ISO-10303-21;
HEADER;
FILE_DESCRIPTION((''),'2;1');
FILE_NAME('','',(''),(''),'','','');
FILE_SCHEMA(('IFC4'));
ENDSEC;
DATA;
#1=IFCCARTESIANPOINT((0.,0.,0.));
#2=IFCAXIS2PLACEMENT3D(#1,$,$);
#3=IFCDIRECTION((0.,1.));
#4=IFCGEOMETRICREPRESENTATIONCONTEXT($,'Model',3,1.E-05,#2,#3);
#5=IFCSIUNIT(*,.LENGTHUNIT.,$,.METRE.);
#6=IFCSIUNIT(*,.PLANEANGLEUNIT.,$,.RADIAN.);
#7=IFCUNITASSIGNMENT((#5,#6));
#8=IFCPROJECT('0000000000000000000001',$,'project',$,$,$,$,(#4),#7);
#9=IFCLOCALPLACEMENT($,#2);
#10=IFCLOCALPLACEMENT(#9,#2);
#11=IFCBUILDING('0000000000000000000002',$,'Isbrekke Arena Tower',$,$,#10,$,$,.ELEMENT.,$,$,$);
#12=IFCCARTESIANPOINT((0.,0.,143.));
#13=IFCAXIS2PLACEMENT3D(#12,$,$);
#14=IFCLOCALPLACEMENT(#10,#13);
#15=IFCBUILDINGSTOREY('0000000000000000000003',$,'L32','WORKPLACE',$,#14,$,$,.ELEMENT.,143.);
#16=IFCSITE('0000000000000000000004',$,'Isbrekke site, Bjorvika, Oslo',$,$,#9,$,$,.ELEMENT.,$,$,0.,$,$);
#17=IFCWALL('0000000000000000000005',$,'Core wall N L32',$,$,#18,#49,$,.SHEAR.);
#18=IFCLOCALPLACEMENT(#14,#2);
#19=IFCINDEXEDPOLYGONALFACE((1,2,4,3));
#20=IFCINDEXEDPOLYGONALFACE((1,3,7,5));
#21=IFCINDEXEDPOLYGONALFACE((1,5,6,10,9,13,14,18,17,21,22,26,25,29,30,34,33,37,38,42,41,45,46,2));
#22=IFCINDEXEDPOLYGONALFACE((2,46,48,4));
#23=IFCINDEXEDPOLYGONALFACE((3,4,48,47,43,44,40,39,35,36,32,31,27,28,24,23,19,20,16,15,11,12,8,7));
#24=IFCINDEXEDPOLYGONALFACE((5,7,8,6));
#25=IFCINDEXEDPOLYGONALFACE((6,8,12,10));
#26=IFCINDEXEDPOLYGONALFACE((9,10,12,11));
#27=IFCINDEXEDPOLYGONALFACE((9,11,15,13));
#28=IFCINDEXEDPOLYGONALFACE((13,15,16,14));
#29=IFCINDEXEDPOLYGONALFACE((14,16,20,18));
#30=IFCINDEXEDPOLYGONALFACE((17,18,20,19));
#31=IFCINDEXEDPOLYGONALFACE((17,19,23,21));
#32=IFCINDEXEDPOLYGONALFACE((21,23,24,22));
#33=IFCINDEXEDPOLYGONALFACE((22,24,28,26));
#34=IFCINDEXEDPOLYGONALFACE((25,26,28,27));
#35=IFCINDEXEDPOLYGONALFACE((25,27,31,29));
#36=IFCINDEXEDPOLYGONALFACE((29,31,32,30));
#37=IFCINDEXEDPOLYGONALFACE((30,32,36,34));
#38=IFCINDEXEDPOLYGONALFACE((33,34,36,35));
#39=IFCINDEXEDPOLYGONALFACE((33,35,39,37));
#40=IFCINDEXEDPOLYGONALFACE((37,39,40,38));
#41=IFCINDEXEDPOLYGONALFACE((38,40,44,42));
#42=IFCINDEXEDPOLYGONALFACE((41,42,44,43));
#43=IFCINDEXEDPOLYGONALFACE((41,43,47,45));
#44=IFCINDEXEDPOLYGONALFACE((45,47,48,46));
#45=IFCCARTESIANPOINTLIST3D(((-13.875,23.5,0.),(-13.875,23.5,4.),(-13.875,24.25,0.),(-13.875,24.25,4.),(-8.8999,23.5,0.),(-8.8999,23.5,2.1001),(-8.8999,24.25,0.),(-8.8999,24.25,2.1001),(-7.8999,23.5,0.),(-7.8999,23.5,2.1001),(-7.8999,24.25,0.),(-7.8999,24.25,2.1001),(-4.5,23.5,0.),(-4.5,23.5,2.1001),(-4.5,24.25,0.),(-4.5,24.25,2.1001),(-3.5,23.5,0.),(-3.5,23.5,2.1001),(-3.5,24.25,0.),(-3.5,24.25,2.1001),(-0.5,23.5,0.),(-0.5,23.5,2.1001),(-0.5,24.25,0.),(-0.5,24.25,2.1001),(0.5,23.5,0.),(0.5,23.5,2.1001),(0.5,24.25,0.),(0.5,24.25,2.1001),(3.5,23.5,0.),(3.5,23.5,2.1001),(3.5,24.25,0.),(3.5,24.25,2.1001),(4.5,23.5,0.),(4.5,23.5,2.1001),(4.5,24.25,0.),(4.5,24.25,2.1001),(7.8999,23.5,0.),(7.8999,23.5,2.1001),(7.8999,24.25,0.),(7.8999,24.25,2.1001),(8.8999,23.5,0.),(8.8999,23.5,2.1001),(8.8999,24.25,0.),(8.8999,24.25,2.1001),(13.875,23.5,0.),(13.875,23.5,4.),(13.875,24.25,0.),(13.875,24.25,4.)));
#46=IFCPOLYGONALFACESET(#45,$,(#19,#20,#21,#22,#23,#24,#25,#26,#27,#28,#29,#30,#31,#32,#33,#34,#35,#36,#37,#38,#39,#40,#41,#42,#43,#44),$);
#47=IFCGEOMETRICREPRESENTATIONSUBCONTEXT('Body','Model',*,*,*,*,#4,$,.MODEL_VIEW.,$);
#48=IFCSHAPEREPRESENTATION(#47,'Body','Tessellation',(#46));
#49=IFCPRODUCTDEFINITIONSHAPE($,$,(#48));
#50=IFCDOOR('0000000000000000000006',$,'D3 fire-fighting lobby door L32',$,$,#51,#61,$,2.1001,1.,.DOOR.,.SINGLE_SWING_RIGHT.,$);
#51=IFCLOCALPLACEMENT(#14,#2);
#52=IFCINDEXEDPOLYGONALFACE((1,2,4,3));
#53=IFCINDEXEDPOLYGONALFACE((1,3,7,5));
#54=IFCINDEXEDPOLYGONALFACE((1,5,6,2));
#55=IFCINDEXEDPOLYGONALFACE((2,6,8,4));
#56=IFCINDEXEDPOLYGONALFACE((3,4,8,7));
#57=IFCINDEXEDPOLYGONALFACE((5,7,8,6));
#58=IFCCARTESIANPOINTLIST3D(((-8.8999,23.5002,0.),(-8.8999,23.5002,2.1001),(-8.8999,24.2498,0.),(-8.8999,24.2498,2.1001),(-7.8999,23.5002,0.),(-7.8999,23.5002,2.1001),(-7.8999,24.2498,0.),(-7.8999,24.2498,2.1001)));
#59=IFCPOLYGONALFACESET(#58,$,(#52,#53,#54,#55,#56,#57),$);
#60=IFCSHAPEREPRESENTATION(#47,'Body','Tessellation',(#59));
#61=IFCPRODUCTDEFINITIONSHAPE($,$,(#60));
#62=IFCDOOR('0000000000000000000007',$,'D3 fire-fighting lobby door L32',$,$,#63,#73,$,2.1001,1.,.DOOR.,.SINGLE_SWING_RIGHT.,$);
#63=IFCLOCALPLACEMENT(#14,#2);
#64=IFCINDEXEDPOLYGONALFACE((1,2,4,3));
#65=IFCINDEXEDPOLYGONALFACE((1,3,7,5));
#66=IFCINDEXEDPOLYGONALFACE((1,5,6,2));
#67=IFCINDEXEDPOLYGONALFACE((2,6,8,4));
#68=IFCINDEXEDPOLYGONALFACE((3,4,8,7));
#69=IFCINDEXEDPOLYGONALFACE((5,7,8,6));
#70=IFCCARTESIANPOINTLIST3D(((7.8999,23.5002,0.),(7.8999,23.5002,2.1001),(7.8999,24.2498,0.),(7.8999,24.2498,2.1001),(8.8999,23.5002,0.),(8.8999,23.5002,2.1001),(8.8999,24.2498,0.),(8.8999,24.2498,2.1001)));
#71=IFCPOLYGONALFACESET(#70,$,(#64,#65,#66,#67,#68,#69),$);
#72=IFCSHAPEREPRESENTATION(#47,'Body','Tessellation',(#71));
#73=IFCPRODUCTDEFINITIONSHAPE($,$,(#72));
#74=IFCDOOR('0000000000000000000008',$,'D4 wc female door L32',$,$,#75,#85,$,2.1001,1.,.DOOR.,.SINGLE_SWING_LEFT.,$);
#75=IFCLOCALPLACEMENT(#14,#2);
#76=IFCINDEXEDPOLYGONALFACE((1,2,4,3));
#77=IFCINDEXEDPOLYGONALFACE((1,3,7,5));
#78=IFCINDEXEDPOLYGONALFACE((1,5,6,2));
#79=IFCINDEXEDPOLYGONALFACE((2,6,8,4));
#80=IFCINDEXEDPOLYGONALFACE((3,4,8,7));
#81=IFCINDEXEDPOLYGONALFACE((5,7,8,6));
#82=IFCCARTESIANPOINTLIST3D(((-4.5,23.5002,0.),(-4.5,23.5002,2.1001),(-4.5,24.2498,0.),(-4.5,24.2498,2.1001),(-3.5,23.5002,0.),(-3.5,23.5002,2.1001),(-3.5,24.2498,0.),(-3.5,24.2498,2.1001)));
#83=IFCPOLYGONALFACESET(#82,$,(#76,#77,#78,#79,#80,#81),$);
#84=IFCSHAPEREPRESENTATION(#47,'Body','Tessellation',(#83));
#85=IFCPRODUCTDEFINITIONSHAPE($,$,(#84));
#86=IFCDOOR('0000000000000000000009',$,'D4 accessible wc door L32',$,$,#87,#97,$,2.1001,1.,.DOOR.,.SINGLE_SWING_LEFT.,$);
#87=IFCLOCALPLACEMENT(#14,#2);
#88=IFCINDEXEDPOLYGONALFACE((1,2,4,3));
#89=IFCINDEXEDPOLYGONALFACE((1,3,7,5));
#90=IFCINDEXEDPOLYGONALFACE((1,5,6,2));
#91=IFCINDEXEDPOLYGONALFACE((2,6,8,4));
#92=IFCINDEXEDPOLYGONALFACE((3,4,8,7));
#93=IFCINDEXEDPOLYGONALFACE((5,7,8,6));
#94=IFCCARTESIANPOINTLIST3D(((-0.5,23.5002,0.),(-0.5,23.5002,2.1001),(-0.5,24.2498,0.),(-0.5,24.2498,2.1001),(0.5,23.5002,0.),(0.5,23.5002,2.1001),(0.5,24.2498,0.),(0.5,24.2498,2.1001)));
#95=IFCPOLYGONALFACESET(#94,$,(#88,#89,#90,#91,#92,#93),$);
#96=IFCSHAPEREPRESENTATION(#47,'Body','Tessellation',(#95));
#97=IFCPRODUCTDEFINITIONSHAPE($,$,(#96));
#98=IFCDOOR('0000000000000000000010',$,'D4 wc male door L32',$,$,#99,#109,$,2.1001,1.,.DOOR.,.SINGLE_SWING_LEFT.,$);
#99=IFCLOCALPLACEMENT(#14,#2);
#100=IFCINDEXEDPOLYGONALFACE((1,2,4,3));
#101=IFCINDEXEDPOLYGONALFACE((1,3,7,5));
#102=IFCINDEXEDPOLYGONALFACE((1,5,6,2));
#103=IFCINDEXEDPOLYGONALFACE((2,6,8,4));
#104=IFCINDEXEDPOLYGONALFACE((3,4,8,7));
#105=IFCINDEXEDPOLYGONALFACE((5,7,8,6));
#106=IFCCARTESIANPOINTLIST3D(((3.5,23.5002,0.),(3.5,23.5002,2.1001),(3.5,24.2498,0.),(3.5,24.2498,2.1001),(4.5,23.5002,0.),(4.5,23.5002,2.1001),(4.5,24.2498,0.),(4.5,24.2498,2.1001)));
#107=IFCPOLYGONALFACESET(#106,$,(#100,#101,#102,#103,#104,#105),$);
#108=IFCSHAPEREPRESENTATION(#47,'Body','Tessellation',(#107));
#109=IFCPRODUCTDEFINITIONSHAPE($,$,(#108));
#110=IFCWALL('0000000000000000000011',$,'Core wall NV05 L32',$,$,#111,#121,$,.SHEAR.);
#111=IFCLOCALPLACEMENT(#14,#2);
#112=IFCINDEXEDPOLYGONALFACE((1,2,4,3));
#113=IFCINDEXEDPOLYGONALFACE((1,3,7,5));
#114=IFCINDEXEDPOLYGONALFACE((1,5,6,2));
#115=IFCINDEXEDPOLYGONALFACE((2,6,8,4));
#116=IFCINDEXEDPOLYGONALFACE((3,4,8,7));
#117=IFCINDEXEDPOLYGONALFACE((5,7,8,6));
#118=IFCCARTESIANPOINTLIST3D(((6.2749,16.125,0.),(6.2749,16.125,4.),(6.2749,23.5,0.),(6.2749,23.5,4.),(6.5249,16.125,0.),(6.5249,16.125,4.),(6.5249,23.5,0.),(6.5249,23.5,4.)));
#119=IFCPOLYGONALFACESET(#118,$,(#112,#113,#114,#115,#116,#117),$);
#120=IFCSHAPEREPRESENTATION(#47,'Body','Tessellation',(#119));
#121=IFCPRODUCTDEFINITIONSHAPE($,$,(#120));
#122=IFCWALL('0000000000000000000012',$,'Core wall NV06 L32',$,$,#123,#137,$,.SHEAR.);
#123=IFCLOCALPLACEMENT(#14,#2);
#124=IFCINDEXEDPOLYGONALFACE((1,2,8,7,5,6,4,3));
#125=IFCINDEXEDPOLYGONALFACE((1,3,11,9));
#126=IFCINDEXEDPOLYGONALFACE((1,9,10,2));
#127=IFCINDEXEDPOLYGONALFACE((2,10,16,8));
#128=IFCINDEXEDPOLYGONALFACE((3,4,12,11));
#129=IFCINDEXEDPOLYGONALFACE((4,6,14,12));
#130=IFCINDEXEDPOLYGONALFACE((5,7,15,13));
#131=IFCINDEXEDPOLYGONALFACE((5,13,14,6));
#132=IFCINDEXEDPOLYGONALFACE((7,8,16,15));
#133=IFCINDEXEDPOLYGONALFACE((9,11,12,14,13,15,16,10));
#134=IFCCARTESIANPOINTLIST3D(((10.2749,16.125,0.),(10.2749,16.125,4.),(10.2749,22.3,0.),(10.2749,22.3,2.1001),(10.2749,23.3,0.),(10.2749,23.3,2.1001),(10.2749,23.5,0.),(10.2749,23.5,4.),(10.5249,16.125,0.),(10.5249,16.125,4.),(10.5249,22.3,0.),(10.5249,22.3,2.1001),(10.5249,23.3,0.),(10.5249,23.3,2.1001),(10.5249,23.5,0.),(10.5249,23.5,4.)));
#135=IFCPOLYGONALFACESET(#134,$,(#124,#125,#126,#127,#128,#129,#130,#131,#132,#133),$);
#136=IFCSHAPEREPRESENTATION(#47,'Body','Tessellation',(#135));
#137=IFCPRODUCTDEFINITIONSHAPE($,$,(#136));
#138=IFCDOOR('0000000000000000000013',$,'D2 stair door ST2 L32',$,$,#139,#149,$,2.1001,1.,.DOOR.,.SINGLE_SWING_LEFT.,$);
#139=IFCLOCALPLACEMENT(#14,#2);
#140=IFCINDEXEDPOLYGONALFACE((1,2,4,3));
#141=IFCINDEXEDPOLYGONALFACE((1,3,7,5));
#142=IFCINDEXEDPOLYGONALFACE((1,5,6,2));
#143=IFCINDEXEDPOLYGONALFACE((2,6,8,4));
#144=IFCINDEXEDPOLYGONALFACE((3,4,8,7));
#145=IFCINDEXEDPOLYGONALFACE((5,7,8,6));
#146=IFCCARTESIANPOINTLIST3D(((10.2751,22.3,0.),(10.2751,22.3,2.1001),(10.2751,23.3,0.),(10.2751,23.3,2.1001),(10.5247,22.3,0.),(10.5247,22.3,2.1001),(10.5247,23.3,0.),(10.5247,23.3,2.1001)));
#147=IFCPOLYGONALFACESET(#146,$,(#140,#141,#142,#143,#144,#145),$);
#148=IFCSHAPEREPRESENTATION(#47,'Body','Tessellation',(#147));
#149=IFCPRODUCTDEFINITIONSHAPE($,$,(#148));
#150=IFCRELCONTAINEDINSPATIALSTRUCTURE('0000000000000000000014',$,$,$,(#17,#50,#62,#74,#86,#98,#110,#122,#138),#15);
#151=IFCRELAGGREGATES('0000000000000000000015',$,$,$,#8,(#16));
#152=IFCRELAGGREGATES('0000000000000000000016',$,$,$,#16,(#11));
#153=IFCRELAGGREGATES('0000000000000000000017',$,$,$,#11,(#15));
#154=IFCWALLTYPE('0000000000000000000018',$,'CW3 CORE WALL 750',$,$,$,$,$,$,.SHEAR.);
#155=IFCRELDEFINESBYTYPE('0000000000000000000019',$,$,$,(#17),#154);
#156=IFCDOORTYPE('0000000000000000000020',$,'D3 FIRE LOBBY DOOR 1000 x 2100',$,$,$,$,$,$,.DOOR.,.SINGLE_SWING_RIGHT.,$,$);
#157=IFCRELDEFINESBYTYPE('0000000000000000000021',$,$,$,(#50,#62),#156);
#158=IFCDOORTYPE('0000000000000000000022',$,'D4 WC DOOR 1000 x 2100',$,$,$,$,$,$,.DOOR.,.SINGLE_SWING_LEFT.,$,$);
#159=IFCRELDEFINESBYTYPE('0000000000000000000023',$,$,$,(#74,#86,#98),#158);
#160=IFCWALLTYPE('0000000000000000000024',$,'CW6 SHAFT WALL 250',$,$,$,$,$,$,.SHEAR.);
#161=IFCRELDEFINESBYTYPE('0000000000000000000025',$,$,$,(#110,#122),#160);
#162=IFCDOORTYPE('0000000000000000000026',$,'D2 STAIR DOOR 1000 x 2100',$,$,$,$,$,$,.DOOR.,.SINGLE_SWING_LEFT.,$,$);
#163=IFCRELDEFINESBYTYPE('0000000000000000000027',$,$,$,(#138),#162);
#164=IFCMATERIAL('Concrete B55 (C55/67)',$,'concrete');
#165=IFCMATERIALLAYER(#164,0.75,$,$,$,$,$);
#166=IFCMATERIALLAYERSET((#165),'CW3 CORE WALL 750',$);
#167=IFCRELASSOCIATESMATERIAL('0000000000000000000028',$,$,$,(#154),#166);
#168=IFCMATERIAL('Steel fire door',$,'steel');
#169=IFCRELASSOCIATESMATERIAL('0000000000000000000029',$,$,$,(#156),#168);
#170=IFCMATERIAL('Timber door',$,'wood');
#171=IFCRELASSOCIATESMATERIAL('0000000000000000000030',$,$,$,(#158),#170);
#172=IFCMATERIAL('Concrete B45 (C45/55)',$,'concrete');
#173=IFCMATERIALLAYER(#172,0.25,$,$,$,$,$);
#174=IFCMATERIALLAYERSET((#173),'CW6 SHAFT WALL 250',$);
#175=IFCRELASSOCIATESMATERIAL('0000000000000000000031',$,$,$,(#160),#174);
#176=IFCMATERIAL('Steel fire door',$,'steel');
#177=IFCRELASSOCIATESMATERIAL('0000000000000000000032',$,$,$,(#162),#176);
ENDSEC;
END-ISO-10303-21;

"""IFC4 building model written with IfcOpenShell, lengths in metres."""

from ifc_helpers import new_model, si_unit, direction, frame, frame_2d, origin, place, context, subcontext, project, spatial, rectangle, extrude, material, layer, layer_set, type_object, element, fill, save


model = new_model("IFC4")

# Units and contexts
model_context = context("Model", 3, precision=1e-05, world=origin(), true_north=direction((0.0, 1.0)))
body_context = subcontext(model_context, "Body", "Model", "MODEL_VIEW")
ifc_project = project(units=[si_unit("LENGTHUNIT", "METRE"), si_unit("PLANEANGLEUNIT", "RADIAN")], contexts=[model_context])

# Site, building, storey
site_placement = place(None, origin())
site = spatial("IfcSite", under=ifc_project, at=site_placement, Name="Isbrekke site, Bjorvika, Oslo", CompositionType="ELEMENT", RefElevation=0.0)
building_placement = place(site_placement, origin())
building = spatial("IfcBuilding", under=site, at=building_placement, Name="Isbrekke Arena Tower", CompositionType="ELEMENT")
storey_placement = place(building_placement, frame((0.0, 0.0, 143.0)))
storey = spatial("IfcBuildingStorey", under=building, at=storey_placement, Name="L32", Description="WORKPLACE", CompositionType="ELEMENT", Elevation=143.0)

# Wall, openings, doors
ifc_material_1 = material(Name="Concrete B55 (C55/67)", Category="concrete")
ifc_layer_1 = layer(ifc_material_1, 0.75)
ifc_layer_set_1 = layer_set([ifc_layer_1], Name="CW3 CORE WALL 750")
wall_type_1 = type_object("IfcWallType", Name="CW3 CORE WALL 750", PredefinedType="SHEAR", material=ifc_layer_set_1)
wall_1_placement = place(storey_placement, frame((13.875, 23.875, 0.0), z_axis=(0.0, 0.0, 1.0), x_axis=(-1.0, 0.0, 0.0)))
wall_1 = element("IfcWall", 1, at=wall_1_placement, inside=storey, type_object=wall_type_1, Name="Core wall N L32", PredefinedType="SHEAR", context=body_context, shape_type="SweptSolid", body=[
    extrude(rectangle(XDim=27.75, YDim=0.75, at=frame_2d((13.875, 0.0))), origin(), (0.0, 0.0, 1.0), 4.0),
])
opening_1_placement = place(wall_1_placement, frame((21.7749, 0.0, 0.0)))
opening_1 = element("IfcOpeningElement", 2, at=opening_1_placement, cuts=wall_1, PredefinedType="OPENING", context=body_context, shape_type="SweptSolid", body=[
    extrude(rectangle(XDim=1.0, YDim=2.1001, at=frame_2d((0.5, 1.05))), frame((0.0, 0.3899, 0.0), z_axis=(0.0, -1.0, 0.0), x_axis=(1.0, 0.0, 0.0)), (0.0, 0.0, 1.0), 0.7798),
])
opening_2_placement = place(wall_1_placement, frame((4.9751, 0.0, 0.0)))
opening_2 = element("IfcOpeningElement", 3, at=opening_2_placement, cuts=wall_1, PredefinedType="OPENING", context=body_context, shape_type="SweptSolid", body=[
    extrude(rectangle(XDim=1.0, YDim=2.1001, at=frame_2d((0.5, 1.05))), frame((0.0, 0.3899, 0.0), z_axis=(0.0, -1.0, 0.0), x_axis=(1.0, 0.0, 0.0)), (0.0, 0.0, 1.0), 0.7798),
])
opening_3_placement = place(wall_1_placement, frame((17.375, 0.0, 0.0)))
opening_3 = element("IfcOpeningElement", 4, at=opening_3_placement, cuts=wall_1, PredefinedType="OPENING", context=body_context, shape_type="SweptSolid", body=[
    extrude(rectangle(XDim=1.0, YDim=2.1001, at=frame_2d((0.5, 1.05))), frame((0.0, 0.3899, 0.0), z_axis=(0.0, -1.0, 0.0), x_axis=(1.0, 0.0, 0.0)), (0.0, 0.0, 1.0), 0.7798),
])
opening_4_placement = place(wall_1_placement, frame((13.375, 0.0, 0.0)))
opening_4 = element("IfcOpeningElement", 5, at=opening_4_placement, cuts=wall_1, PredefinedType="OPENING", context=body_context, shape_type="SweptSolid", body=[
    extrude(rectangle(XDim=1.0, YDim=2.1001, at=frame_2d((0.5, 1.05))), frame((0.0, 0.3899, 0.0), z_axis=(0.0, -1.0, 0.0), x_axis=(1.0, 0.0, 0.0)), (0.0, 0.0, 1.0), 0.7798),
])
opening_5_placement = place(wall_1_placement, frame((9.375, 0.0, 0.0)))
opening_5 = element("IfcOpeningElement", 6, at=opening_5_placement, cuts=wall_1, PredefinedType="OPENING", context=body_context, shape_type="SweptSolid", body=[
    extrude(rectangle(XDim=1.0, YDim=2.1001, at=frame_2d((0.5, 1.05))), frame((0.0, 0.3899, 0.0), z_axis=(0.0, -1.0, 0.0), x_axis=(1.0, 0.0, 0.0)), (0.0, 0.0, 1.0), 0.7798),
])
ifc_material_2 = material(Name="Steel fire door", Category="steel")
door_type_1 = type_object("IfcDoorType", Name="D3 FIRE LOBBY DOOR 1000 x 2100", OperationType="SINGLE_SWING_RIGHT", PredefinedType="DOOR", material=ifc_material_2)
door_1_placement = place(opening_1_placement, origin())
door_1 = element("IfcDoor", 7, at=door_1_placement, inside=storey, type_object=door_type_1, Name="D3 fire-fighting lobby door L32", OperationType="SINGLE_SWING_RIGHT", OverallHeight=2.1001, OverallWidth=1.0, PredefinedType="DOOR", context=body_context, shape_type="SweptSolid", body=[
    extrude(rectangle(XDim=1.0, YDim=2.1001, at=frame_2d((0.5, 1.05))), frame((0.0, 0.3748, 0.0), z_axis=(0.0, -1.0, 0.0), x_axis=(1.0, 0.0, 0.0)), (0.0, 0.0, 1.0), 0.7495),
])
fill(opening_1, door_1)
door_2_placement = place(opening_2_placement, origin())
door_2 = element("IfcDoor", 8, at=door_2_placement, inside=storey, type_object=door_type_1, Name="D3 fire-fighting lobby door L32", OperationType="SINGLE_SWING_RIGHT", OverallHeight=2.1001, OverallWidth=1.0, PredefinedType="DOOR", context=body_context, shape_type="SweptSolid", body=[
    extrude(rectangle(XDim=1.0, YDim=2.1001, at=frame_2d((0.5, 1.05))), frame((0.0, 0.3748, 0.0), z_axis=(0.0, -1.0, 0.0), x_axis=(1.0, 0.0, 0.0)), (0.0, 0.0, 1.0), 0.7495),
])
fill(opening_2, door_2)
ifc_material_3 = material(Name="Timber door", Category="wood")
door_type_2 = type_object("IfcDoorType", Name="D4 WC DOOR 1000 x 2100", OperationType="SINGLE_SWING_LEFT", PredefinedType="DOOR", material=ifc_material_3)
door_3_placement = place(opening_3_placement, origin())
door_3 = element("IfcDoor", 9, at=door_3_placement, inside=storey, type_object=door_type_2, Name="D4 wc female door L32", OperationType="SINGLE_SWING_LEFT", OverallHeight=2.1001, OverallWidth=1.0, PredefinedType="DOOR", context=body_context, shape_type="SweptSolid", body=[
    extrude(rectangle(XDim=1.0, YDim=2.1001, at=frame_2d((0.5, 1.05))), frame((0.0, 0.3748, 0.0), z_axis=(0.0, -1.0, 0.0), x_axis=(1.0, 0.0, 0.0)), (0.0, 0.0, 1.0), 0.7495),
])
fill(opening_3, door_3)
door_4_placement = place(opening_4_placement, origin())
door_4 = element("IfcDoor", 10, at=door_4_placement, inside=storey, type_object=door_type_2, Name="D4 accessible wc door L32", OperationType="SINGLE_SWING_LEFT", OverallHeight=2.1001, OverallWidth=1.0, PredefinedType="DOOR", context=body_context, shape_type="SweptSolid", body=[
    extrude(rectangle(XDim=1.0, YDim=2.1001, at=frame_2d((0.5, 1.05))), frame((0.0, 0.3748, 0.0), z_axis=(0.0, -1.0, 0.0), x_axis=(1.0, 0.0, 0.0)), (0.0, 0.0, 1.0), 0.7495),
])
fill(opening_4, door_4)
door_5_placement = place(opening_5_placement, origin())
door_5 = element("IfcDoor", 11, at=door_5_placement, inside=storey, type_object=door_type_2, Name="D4 wc male door L32", OperationType="SINGLE_SWING_LEFT", OverallHeight=2.1001, OverallWidth=1.0, PredefinedType="DOOR", context=body_context, shape_type="SweptSolid", body=[
    extrude(rectangle(XDim=1.0, YDim=2.1001, at=frame_2d((0.5, 1.05))), frame((0.0, 0.3748, 0.0), z_axis=(0.0, -1.0, 0.0), x_axis=(1.0, 0.0, 0.0)), (0.0, 0.0, 1.0), 0.7495),
])
fill(opening_5, door_5)

# Wall
ifc_material_4 = material(Name="Concrete B45 (C45/55)", Category="concrete")
ifc_layer_2 = layer(ifc_material_4, 0.25)
ifc_layer_set_2 = layer_set([ifc_layer_2], Name="CW6 SHAFT WALL 250")
wall_type_2 = type_object("IfcWallType", Name="CW6 SHAFT WALL 250", PredefinedType="SHEAR", material=ifc_layer_set_2)
wall_2_placement = place(storey_placement, frame((6.3999, 16.125, 0.0), z_axis=(0.0, 0.0, 1.0), x_axis=(0.0, 1.0, 0.0)))
element("IfcWall", 12, at=wall_2_placement, inside=storey, type_object=wall_type_2, Name="Core wall NV05 L32", PredefinedType="SHEAR", context=body_context, shape_type="SweptSolid", body=[
    extrude(rectangle(XDim=7.375, YDim=0.25, at=frame_2d((3.6875, 0.0))), origin(), (0.0, 0.0, 1.0), 4.0),
])

# Wall, opening, door
wall_3_placement = place(storey_placement, frame((10.3999, 16.125, 0.0), z_axis=(0.0, 0.0, 1.0), x_axis=(0.0, 1.0, 0.0)))
wall_3 = element("IfcWall", 13, at=wall_3_placement, inside=storey, type_object=wall_type_2, Name="Core wall NV06 L32", PredefinedType="SHEAR", context=body_context, shape_type="SweptSolid", body=[
    extrude(rectangle(XDim=7.375, YDim=0.25, at=frame_2d((3.6875, 0.0))), origin(), (0.0, 0.0, 1.0), 4.0),
])
opening_6_placement = place(wall_3_placement, frame((6.175, 0.0, 0.0)))
opening_6 = element("IfcOpeningElement", 14, at=opening_6_placement, cuts=wall_3, PredefinedType="OPENING", context=body_context, shape_type="SweptSolid", body=[
    extrude(rectangle(XDim=1.0, YDim=2.1001, at=frame_2d((0.5, 1.05))), frame((0.0, 0.1399, 0.0), z_axis=(0.0, -1.0, 0.0), x_axis=(1.0, 0.0, 0.0)), (0.0, 0.0, 1.0), 0.2798),
])
ifc_material_5 = material(Name="Steel fire door", Category="steel")
door_type_3 = type_object("IfcDoorType", Name="D2 STAIR DOOR 1000 x 2100", OperationType="SINGLE_SWING_LEFT", PredefinedType="DOOR", material=ifc_material_5)
door_6_placement = place(opening_6_placement, origin())
door_6 = element("IfcDoor", 15, at=door_6_placement, inside=storey, type_object=door_type_3, Name="D2 stair door ST2 L32", OperationType="SINGLE_SWING_LEFT", OverallHeight=2.1001, OverallWidth=1.0, PredefinedType="DOOR", context=body_context, shape_type="SweptSolid", body=[
    extrude(rectangle(XDim=1.0, YDim=2.1001, at=frame_2d((0.5, 1.05))), frame((0.0, 0.1248, 0.0), z_axis=(0.0, -1.0, 0.0), x_axis=(1.0, 0.0, 0.0)), (0.0, 0.0, 1.0), 0.2495),
])
fill(opening_6, door_6)

save(model, "model.ifc")
